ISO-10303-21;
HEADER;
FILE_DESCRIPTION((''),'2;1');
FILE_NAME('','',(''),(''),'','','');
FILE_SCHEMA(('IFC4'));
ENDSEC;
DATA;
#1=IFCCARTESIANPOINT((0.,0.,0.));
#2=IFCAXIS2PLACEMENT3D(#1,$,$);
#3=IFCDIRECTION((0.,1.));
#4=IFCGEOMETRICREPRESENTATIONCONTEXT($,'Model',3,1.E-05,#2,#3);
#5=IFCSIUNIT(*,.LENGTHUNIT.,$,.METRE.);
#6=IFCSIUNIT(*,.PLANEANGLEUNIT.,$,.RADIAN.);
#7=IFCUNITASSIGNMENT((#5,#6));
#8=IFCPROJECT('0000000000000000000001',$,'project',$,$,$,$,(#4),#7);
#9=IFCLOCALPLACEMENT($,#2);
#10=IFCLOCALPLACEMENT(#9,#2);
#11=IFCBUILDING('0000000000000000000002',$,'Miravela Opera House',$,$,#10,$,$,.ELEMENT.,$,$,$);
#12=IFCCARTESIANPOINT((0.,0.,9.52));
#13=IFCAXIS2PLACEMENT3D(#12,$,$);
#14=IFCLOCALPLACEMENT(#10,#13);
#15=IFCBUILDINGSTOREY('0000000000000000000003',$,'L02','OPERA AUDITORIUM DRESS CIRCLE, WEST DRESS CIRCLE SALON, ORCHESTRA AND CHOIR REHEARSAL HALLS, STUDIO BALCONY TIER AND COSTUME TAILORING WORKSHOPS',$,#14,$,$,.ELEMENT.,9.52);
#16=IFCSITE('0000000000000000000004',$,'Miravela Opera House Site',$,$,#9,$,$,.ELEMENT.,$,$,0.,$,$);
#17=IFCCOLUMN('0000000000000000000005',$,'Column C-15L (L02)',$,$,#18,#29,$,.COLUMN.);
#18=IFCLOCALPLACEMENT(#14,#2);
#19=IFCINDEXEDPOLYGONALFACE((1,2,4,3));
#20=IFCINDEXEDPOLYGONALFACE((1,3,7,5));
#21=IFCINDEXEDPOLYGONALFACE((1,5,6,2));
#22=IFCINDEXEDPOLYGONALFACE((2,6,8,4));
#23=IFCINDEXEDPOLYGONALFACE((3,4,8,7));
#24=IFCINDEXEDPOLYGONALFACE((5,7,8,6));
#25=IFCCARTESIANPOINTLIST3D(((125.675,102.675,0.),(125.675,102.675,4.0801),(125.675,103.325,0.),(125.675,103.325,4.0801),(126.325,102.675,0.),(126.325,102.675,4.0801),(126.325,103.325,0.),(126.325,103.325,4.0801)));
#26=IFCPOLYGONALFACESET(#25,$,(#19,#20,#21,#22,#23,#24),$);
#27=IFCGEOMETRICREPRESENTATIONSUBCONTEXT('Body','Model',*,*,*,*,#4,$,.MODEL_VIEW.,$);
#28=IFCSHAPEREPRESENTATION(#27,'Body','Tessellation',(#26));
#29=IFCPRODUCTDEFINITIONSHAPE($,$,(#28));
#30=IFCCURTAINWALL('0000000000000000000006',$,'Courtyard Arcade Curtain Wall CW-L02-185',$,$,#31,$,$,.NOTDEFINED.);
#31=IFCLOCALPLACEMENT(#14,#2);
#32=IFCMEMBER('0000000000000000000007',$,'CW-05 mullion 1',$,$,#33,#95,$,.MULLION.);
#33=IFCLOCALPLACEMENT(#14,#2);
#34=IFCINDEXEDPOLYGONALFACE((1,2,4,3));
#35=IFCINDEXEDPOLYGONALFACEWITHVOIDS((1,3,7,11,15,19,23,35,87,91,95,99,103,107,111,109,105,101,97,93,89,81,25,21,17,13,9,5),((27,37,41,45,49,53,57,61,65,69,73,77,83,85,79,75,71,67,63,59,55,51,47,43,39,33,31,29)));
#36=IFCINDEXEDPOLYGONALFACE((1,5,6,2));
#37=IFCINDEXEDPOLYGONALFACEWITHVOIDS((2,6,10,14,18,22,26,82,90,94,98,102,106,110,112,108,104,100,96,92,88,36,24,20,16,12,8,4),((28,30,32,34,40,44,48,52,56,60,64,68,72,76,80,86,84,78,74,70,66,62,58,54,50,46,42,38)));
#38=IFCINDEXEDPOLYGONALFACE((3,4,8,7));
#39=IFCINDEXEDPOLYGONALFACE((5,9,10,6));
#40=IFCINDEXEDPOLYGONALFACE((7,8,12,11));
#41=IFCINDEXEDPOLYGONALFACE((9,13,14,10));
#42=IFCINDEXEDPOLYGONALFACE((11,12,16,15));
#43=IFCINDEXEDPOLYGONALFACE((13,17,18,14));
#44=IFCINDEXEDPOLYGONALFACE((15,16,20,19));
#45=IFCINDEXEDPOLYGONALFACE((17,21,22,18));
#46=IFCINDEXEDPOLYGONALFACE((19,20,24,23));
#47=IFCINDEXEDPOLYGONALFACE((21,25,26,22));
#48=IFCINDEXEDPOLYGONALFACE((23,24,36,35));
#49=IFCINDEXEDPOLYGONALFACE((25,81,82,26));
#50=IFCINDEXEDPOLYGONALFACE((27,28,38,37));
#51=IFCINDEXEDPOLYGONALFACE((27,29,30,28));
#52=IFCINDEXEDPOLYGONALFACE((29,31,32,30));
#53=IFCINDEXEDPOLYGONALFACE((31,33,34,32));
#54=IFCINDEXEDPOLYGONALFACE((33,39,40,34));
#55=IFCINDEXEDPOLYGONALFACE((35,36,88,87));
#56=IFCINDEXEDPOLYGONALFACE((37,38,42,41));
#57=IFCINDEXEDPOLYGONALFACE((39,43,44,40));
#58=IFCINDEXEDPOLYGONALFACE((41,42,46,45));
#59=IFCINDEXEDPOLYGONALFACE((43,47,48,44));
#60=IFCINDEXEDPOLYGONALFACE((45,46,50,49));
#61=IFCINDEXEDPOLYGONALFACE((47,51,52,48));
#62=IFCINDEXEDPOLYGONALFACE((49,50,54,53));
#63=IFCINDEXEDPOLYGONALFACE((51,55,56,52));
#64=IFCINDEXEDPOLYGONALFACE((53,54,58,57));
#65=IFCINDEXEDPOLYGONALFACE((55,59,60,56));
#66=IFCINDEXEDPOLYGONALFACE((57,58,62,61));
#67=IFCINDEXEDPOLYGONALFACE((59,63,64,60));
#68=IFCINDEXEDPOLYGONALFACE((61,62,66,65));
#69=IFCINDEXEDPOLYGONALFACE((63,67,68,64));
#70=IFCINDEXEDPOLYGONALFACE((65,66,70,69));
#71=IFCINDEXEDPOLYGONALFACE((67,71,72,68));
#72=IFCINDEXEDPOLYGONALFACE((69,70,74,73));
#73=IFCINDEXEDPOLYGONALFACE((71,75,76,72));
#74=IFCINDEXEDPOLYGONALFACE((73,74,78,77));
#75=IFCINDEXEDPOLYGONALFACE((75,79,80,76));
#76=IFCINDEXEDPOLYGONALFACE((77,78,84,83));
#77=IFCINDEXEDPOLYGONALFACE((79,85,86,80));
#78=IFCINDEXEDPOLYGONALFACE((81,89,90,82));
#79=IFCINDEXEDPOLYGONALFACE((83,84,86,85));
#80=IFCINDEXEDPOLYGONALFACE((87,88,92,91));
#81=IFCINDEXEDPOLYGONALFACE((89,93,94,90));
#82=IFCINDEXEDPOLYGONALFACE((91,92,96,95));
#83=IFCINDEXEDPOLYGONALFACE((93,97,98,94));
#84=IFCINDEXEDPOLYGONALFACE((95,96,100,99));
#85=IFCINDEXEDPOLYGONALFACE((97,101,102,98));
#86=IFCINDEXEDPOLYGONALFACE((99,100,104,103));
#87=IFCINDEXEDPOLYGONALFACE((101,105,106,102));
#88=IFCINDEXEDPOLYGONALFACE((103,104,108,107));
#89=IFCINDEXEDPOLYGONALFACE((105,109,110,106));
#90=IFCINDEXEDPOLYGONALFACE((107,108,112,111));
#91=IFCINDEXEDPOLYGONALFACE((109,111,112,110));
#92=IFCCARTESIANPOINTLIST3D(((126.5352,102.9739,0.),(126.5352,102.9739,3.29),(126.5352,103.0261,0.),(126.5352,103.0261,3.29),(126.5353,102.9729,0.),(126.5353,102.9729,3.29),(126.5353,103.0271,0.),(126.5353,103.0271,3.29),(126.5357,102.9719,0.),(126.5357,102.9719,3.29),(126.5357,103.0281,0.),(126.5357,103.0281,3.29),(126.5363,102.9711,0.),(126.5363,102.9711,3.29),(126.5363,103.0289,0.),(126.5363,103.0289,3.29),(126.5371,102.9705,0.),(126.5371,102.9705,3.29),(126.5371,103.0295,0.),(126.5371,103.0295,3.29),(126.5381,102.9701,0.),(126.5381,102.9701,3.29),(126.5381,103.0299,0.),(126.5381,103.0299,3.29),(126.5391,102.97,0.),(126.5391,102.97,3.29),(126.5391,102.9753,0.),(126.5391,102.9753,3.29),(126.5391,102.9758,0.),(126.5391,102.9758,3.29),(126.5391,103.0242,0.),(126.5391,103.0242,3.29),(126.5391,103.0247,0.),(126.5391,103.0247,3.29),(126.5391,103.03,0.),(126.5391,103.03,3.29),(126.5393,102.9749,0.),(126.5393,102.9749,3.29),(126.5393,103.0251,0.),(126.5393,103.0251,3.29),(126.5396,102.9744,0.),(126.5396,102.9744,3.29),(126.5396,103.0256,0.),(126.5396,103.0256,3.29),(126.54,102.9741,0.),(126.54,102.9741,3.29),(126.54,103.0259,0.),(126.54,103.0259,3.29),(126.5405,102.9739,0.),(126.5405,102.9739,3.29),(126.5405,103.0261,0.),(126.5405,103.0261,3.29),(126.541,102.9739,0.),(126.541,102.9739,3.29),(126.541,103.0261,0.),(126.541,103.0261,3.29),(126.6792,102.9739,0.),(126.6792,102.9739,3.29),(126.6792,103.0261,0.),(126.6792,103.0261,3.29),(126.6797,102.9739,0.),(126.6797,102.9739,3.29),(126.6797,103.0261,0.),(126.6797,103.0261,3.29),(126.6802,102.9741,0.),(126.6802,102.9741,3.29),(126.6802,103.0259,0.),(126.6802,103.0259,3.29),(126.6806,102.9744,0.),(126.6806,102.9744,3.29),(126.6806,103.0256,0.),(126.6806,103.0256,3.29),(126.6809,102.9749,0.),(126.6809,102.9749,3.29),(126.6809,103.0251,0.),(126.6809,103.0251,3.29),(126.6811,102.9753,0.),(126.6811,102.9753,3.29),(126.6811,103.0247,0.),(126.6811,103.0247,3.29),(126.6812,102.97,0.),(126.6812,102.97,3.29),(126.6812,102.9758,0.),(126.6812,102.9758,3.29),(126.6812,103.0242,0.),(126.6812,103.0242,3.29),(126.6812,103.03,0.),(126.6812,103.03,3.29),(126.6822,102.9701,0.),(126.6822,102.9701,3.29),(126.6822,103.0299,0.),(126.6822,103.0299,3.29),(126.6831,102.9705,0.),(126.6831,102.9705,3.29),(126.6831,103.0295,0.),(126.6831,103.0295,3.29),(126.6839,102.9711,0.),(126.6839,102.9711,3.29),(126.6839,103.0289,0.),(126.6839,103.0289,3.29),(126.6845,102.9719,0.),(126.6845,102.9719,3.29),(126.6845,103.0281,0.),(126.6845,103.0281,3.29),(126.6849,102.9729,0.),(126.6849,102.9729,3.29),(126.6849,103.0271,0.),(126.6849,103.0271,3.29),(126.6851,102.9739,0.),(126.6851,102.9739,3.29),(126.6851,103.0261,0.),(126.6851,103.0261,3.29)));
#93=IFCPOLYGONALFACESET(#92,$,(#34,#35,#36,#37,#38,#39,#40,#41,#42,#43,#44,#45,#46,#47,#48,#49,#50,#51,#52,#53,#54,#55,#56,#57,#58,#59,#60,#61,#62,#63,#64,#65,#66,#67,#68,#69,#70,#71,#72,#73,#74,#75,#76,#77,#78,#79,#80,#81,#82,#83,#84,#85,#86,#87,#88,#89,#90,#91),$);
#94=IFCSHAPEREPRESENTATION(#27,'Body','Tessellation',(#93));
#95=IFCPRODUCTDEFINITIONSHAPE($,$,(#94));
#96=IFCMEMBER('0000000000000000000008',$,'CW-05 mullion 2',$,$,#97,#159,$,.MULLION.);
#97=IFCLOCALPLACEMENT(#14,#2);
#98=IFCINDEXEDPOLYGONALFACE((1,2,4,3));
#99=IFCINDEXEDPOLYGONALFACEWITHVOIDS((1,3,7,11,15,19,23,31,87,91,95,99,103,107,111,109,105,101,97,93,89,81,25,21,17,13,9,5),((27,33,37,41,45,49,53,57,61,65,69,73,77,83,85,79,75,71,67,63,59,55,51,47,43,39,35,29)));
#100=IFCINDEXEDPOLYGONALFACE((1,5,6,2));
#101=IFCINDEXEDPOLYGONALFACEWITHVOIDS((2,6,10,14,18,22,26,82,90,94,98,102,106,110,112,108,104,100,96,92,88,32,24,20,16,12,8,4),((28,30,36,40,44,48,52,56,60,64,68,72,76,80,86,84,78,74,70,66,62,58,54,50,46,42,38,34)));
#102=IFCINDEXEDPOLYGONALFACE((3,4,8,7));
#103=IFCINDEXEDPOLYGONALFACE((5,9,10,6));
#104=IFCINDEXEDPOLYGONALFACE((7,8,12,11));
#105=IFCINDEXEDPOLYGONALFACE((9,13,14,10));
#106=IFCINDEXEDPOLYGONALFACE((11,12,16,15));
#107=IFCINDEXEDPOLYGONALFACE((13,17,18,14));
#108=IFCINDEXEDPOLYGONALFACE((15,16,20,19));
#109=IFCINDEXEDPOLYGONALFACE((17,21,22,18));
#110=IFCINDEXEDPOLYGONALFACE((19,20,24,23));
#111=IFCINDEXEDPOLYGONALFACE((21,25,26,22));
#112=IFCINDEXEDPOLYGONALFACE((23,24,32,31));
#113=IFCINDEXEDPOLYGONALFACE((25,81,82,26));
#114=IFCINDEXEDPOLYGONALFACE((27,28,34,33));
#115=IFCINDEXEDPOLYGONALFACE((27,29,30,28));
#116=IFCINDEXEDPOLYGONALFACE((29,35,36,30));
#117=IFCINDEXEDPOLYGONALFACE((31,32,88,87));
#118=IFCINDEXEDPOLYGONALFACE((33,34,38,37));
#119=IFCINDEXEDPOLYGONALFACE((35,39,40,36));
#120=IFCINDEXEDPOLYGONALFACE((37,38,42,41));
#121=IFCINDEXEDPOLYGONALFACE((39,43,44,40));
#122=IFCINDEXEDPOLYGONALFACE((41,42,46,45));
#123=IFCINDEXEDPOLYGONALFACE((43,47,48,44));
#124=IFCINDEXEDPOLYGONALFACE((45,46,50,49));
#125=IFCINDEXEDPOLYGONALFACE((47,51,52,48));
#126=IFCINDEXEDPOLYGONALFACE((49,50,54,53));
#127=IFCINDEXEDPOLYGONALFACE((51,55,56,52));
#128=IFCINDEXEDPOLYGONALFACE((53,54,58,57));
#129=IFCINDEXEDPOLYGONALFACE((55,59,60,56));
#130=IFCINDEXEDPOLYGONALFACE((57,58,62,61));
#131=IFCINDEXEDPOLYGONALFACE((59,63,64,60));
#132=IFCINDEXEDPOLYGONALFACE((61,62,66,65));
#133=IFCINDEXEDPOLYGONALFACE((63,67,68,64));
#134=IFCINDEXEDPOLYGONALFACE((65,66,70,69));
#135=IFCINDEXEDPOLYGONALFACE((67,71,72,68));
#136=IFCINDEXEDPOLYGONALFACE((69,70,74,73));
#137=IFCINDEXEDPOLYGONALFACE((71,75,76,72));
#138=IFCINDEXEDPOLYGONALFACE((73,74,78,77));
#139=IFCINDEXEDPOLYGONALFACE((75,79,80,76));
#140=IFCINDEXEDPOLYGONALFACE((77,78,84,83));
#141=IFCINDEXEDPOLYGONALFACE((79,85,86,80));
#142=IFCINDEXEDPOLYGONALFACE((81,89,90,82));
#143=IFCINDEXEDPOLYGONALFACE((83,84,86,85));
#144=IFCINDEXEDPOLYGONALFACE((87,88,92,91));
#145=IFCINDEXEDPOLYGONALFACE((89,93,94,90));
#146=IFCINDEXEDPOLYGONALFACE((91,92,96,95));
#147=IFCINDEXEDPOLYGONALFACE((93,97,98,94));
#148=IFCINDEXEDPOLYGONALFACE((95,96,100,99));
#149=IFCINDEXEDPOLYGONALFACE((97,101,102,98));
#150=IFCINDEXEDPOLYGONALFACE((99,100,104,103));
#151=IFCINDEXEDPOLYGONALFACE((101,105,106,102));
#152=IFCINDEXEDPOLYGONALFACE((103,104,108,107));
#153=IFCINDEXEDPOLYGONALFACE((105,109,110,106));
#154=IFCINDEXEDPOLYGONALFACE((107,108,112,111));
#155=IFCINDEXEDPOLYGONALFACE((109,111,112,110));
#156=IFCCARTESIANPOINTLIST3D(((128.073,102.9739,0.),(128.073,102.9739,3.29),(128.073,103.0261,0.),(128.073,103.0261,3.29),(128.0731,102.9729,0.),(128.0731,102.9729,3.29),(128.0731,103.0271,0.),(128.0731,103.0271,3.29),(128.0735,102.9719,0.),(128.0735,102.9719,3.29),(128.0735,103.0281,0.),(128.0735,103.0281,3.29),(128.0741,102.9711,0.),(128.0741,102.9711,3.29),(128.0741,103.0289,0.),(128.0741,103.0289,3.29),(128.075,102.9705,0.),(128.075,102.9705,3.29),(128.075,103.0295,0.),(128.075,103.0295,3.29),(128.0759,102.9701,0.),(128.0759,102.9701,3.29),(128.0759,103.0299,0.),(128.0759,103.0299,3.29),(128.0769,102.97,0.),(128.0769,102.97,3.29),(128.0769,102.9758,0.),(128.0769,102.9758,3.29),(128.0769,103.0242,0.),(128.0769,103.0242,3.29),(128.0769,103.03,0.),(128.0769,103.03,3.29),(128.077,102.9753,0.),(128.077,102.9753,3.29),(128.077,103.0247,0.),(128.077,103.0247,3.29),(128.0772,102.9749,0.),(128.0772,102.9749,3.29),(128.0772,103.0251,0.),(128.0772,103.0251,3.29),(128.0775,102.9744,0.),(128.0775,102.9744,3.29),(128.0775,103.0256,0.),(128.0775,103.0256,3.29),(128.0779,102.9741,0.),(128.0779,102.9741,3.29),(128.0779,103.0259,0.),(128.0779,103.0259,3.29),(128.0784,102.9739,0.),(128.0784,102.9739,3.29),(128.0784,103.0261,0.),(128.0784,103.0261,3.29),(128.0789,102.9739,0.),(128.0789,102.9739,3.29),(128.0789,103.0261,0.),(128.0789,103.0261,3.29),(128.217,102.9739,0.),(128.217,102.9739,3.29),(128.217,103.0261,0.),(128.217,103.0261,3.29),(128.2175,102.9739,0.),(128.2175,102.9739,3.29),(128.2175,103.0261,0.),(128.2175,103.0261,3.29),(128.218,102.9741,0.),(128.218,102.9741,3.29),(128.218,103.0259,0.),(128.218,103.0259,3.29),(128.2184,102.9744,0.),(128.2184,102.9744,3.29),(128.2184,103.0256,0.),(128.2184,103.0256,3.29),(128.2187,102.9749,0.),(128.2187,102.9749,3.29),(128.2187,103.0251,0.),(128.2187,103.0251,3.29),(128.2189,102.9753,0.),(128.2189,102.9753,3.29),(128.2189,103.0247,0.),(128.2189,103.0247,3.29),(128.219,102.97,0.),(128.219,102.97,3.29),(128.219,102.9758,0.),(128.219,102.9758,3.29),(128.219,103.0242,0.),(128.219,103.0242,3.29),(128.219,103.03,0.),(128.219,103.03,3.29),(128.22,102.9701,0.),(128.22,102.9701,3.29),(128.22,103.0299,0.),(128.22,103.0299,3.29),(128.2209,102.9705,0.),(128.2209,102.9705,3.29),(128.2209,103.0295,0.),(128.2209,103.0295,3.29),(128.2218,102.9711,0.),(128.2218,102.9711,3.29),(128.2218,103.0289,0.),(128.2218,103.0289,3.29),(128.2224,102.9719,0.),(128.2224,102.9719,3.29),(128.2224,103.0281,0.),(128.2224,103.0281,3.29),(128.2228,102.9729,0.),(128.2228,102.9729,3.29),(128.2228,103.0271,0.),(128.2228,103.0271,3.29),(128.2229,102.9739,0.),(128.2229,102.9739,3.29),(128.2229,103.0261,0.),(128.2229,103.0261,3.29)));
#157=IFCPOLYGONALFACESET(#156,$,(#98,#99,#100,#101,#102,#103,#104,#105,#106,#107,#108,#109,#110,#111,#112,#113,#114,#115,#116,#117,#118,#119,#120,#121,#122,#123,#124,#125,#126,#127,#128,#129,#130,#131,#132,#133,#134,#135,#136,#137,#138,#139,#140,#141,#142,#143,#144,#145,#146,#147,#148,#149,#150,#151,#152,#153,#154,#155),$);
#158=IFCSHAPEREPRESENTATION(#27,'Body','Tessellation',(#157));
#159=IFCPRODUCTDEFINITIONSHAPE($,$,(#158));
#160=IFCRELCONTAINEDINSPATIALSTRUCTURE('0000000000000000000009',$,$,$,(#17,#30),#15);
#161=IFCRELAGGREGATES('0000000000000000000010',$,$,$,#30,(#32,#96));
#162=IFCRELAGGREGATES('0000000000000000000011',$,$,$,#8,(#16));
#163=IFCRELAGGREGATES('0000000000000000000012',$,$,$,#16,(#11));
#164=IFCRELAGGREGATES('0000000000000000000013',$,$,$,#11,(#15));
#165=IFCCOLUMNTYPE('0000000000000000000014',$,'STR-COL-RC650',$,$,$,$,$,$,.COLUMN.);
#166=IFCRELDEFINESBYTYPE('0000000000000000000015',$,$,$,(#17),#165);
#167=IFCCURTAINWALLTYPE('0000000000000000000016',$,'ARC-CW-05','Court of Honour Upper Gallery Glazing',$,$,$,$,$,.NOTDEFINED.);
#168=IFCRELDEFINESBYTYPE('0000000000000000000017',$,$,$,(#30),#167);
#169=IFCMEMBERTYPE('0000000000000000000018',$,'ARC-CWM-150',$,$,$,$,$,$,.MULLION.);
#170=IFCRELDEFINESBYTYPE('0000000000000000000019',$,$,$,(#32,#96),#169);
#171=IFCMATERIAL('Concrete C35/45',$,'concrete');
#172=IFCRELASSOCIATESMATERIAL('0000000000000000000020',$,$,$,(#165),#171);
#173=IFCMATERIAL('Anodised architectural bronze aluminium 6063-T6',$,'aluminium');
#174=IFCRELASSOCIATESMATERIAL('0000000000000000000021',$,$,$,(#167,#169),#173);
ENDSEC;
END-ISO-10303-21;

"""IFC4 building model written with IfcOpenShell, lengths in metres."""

from ifc_helpers import new_model, si_unit, direction, frame, origin, origin_2d, place, context, subcontext, project, spatial, rectangle, hollow_rectangle, extrude, material, material_profile, profile_set, type_object, element, aggregate, save


model = new_model("IFC4")

# Units and contexts
model_context = context("Model", 3, precision=1e-05, world=origin(), true_north=direction((0.0, 1.0)))
body_context = subcontext(model_context, "Body", "Model", "MODEL_VIEW")
ifc_project = project(units=[si_unit("LENGTHUNIT", "METRE"), si_unit("PLANEANGLEUNIT", "RADIAN")], contexts=[model_context])

# Site, building, storey
site_placement = place(None, origin())
site = spatial("IfcSite", under=ifc_project, at=site_placement, Name="Miravela Opera House Site", CompositionType="ELEMENT", RefElevation=0.0)
building_placement = place(site_placement, origin())
building = spatial("IfcBuilding", under=site, at=building_placement, Name="Miravela Opera House", CompositionType="ELEMENT")
storey_placement = place(building_placement, frame((0.0, 0.0, 9.52)))
storey = spatial("IfcBuildingStorey", under=building, at=storey_placement, Name="L02", Description="OPERA AUDITORIUM DRESS CIRCLE, WEST DRESS CIRCLE SALON, ORCHESTRA AND CHOIR REHEARSAL HALLS, STUDIO BALCONY TIER AND COSTUME TAILORING WORKSHOPS", CompositionType="ELEMENT", Elevation=9.52)

# Column
ifc_material_1 = material(Name="Concrete C35/45", Category="concrete")
ifc_material_profile_1 = material_profile(ifc_material_1, rectangle(XDim=0.6499, YDim=0.6499, at=origin_2d()), Name="RC-COL-650X650")
ifc_profile_set_1 = profile_set([ifc_material_profile_1])
column_type = type_object("IfcColumnType", Name="STR-COL-RC650", PredefinedType="COLUMN", material=ifc_profile_set_1)
column_placement = place(storey_placement, frame((126.0, 103.0, 0.0), z_axis=(0.0, 0.0, 1.0), x_axis=(1.0, 0.0, 0.0)))
element("IfcColumn", 1, at=column_placement, inside=storey, type_object=column_type, Name="Column C-15L (L02)", PredefinedType="COLUMN", context=body_context, shape_type="SweptSolid", body=[
    extrude(rectangle(XDim=0.6499, YDim=0.6499, at=origin_2d()), origin(), (0.0, 0.0, 1.0), 4.0801),
])

# Curtain wall, members
ifc_material_2 = material(Name="Anodised architectural bronze aluminium 6063-T6", Category="aluminium")
curtain_wall_type = type_object("IfcCurtainWallType", Name="ARC-CW-05", Description="Court of Honour Upper Gallery Glazing", PredefinedType="NOTDEFINED", material=ifc_material_2)
curtain_wall_placement = place(storey_placement, origin())
curtain_wall = element("IfcCurtainWall", 2, at=curtain_wall_placement, inside=storey, type_object=curtain_wall_type, Name="Courtyard Arcade Curtain Wall CW-L02-185", PredefinedType="NOTDEFINED")
ifc_material_profile_2 = material_profile(ifc_material_2, hollow_rectangle(XDim=0.0601, YDim=0.1499, WallThickness=0.0039, InnerFilletRadius=0.002, OuterFilletRadius=0.0039, at=origin_2d()), Name="CWM-60X150")
ifc_profile_set_2 = profile_set([ifc_material_profile_2])
member_type_1 = type_object("IfcMemberType", Name="ARC-CWM-150", PredefinedType="MULLION", material=ifc_profile_set_2)
member_1_placement = place(storey_placement, frame((126.6101, 103.0, 0.0), z_axis=(0.0, 0.0, 1.0), x_axis=(0.0, 1.0, 0.0)))
member_1 = element("IfcMember", 3, at=member_1_placement, type_object=member_type_1, Name="CW-05 mullion 1", PredefinedType="MULLION", context=body_context, shape_type="SweptSolid", body=[
    extrude(hollow_rectangle(XDim=0.0601, YDim=0.1499, WallThickness=0.0039, InnerFilletRadius=0.002, OuterFilletRadius=0.0039, at=origin_2d()), origin(), (0.0, 0.0, 1.0), 3.29),
])
member_2_placement = place(storey_placement, frame((128.1479, 103.0, 0.0), z_axis=(0.0, 0.0, 1.0), x_axis=(0.0, 1.0, 0.0)))
member_2 = element("IfcMember", 4, at=member_2_placement, type_object=member_type_1, Name="CW-05 mullion 2", PredefinedType="MULLION", context=body_context, shape_type="SweptSolid", body=[
    extrude(hollow_rectangle(XDim=0.0601, YDim=0.1499, WallThickness=0.0039, InnerFilletRadius=0.002, OuterFilletRadius=0.0039, at=origin_2d()), origin(), (0.0, 0.0, 1.0), 3.29),
])

aggregate(curtain_wall, [member_1, member_2])

save(model, "model.ifc")
